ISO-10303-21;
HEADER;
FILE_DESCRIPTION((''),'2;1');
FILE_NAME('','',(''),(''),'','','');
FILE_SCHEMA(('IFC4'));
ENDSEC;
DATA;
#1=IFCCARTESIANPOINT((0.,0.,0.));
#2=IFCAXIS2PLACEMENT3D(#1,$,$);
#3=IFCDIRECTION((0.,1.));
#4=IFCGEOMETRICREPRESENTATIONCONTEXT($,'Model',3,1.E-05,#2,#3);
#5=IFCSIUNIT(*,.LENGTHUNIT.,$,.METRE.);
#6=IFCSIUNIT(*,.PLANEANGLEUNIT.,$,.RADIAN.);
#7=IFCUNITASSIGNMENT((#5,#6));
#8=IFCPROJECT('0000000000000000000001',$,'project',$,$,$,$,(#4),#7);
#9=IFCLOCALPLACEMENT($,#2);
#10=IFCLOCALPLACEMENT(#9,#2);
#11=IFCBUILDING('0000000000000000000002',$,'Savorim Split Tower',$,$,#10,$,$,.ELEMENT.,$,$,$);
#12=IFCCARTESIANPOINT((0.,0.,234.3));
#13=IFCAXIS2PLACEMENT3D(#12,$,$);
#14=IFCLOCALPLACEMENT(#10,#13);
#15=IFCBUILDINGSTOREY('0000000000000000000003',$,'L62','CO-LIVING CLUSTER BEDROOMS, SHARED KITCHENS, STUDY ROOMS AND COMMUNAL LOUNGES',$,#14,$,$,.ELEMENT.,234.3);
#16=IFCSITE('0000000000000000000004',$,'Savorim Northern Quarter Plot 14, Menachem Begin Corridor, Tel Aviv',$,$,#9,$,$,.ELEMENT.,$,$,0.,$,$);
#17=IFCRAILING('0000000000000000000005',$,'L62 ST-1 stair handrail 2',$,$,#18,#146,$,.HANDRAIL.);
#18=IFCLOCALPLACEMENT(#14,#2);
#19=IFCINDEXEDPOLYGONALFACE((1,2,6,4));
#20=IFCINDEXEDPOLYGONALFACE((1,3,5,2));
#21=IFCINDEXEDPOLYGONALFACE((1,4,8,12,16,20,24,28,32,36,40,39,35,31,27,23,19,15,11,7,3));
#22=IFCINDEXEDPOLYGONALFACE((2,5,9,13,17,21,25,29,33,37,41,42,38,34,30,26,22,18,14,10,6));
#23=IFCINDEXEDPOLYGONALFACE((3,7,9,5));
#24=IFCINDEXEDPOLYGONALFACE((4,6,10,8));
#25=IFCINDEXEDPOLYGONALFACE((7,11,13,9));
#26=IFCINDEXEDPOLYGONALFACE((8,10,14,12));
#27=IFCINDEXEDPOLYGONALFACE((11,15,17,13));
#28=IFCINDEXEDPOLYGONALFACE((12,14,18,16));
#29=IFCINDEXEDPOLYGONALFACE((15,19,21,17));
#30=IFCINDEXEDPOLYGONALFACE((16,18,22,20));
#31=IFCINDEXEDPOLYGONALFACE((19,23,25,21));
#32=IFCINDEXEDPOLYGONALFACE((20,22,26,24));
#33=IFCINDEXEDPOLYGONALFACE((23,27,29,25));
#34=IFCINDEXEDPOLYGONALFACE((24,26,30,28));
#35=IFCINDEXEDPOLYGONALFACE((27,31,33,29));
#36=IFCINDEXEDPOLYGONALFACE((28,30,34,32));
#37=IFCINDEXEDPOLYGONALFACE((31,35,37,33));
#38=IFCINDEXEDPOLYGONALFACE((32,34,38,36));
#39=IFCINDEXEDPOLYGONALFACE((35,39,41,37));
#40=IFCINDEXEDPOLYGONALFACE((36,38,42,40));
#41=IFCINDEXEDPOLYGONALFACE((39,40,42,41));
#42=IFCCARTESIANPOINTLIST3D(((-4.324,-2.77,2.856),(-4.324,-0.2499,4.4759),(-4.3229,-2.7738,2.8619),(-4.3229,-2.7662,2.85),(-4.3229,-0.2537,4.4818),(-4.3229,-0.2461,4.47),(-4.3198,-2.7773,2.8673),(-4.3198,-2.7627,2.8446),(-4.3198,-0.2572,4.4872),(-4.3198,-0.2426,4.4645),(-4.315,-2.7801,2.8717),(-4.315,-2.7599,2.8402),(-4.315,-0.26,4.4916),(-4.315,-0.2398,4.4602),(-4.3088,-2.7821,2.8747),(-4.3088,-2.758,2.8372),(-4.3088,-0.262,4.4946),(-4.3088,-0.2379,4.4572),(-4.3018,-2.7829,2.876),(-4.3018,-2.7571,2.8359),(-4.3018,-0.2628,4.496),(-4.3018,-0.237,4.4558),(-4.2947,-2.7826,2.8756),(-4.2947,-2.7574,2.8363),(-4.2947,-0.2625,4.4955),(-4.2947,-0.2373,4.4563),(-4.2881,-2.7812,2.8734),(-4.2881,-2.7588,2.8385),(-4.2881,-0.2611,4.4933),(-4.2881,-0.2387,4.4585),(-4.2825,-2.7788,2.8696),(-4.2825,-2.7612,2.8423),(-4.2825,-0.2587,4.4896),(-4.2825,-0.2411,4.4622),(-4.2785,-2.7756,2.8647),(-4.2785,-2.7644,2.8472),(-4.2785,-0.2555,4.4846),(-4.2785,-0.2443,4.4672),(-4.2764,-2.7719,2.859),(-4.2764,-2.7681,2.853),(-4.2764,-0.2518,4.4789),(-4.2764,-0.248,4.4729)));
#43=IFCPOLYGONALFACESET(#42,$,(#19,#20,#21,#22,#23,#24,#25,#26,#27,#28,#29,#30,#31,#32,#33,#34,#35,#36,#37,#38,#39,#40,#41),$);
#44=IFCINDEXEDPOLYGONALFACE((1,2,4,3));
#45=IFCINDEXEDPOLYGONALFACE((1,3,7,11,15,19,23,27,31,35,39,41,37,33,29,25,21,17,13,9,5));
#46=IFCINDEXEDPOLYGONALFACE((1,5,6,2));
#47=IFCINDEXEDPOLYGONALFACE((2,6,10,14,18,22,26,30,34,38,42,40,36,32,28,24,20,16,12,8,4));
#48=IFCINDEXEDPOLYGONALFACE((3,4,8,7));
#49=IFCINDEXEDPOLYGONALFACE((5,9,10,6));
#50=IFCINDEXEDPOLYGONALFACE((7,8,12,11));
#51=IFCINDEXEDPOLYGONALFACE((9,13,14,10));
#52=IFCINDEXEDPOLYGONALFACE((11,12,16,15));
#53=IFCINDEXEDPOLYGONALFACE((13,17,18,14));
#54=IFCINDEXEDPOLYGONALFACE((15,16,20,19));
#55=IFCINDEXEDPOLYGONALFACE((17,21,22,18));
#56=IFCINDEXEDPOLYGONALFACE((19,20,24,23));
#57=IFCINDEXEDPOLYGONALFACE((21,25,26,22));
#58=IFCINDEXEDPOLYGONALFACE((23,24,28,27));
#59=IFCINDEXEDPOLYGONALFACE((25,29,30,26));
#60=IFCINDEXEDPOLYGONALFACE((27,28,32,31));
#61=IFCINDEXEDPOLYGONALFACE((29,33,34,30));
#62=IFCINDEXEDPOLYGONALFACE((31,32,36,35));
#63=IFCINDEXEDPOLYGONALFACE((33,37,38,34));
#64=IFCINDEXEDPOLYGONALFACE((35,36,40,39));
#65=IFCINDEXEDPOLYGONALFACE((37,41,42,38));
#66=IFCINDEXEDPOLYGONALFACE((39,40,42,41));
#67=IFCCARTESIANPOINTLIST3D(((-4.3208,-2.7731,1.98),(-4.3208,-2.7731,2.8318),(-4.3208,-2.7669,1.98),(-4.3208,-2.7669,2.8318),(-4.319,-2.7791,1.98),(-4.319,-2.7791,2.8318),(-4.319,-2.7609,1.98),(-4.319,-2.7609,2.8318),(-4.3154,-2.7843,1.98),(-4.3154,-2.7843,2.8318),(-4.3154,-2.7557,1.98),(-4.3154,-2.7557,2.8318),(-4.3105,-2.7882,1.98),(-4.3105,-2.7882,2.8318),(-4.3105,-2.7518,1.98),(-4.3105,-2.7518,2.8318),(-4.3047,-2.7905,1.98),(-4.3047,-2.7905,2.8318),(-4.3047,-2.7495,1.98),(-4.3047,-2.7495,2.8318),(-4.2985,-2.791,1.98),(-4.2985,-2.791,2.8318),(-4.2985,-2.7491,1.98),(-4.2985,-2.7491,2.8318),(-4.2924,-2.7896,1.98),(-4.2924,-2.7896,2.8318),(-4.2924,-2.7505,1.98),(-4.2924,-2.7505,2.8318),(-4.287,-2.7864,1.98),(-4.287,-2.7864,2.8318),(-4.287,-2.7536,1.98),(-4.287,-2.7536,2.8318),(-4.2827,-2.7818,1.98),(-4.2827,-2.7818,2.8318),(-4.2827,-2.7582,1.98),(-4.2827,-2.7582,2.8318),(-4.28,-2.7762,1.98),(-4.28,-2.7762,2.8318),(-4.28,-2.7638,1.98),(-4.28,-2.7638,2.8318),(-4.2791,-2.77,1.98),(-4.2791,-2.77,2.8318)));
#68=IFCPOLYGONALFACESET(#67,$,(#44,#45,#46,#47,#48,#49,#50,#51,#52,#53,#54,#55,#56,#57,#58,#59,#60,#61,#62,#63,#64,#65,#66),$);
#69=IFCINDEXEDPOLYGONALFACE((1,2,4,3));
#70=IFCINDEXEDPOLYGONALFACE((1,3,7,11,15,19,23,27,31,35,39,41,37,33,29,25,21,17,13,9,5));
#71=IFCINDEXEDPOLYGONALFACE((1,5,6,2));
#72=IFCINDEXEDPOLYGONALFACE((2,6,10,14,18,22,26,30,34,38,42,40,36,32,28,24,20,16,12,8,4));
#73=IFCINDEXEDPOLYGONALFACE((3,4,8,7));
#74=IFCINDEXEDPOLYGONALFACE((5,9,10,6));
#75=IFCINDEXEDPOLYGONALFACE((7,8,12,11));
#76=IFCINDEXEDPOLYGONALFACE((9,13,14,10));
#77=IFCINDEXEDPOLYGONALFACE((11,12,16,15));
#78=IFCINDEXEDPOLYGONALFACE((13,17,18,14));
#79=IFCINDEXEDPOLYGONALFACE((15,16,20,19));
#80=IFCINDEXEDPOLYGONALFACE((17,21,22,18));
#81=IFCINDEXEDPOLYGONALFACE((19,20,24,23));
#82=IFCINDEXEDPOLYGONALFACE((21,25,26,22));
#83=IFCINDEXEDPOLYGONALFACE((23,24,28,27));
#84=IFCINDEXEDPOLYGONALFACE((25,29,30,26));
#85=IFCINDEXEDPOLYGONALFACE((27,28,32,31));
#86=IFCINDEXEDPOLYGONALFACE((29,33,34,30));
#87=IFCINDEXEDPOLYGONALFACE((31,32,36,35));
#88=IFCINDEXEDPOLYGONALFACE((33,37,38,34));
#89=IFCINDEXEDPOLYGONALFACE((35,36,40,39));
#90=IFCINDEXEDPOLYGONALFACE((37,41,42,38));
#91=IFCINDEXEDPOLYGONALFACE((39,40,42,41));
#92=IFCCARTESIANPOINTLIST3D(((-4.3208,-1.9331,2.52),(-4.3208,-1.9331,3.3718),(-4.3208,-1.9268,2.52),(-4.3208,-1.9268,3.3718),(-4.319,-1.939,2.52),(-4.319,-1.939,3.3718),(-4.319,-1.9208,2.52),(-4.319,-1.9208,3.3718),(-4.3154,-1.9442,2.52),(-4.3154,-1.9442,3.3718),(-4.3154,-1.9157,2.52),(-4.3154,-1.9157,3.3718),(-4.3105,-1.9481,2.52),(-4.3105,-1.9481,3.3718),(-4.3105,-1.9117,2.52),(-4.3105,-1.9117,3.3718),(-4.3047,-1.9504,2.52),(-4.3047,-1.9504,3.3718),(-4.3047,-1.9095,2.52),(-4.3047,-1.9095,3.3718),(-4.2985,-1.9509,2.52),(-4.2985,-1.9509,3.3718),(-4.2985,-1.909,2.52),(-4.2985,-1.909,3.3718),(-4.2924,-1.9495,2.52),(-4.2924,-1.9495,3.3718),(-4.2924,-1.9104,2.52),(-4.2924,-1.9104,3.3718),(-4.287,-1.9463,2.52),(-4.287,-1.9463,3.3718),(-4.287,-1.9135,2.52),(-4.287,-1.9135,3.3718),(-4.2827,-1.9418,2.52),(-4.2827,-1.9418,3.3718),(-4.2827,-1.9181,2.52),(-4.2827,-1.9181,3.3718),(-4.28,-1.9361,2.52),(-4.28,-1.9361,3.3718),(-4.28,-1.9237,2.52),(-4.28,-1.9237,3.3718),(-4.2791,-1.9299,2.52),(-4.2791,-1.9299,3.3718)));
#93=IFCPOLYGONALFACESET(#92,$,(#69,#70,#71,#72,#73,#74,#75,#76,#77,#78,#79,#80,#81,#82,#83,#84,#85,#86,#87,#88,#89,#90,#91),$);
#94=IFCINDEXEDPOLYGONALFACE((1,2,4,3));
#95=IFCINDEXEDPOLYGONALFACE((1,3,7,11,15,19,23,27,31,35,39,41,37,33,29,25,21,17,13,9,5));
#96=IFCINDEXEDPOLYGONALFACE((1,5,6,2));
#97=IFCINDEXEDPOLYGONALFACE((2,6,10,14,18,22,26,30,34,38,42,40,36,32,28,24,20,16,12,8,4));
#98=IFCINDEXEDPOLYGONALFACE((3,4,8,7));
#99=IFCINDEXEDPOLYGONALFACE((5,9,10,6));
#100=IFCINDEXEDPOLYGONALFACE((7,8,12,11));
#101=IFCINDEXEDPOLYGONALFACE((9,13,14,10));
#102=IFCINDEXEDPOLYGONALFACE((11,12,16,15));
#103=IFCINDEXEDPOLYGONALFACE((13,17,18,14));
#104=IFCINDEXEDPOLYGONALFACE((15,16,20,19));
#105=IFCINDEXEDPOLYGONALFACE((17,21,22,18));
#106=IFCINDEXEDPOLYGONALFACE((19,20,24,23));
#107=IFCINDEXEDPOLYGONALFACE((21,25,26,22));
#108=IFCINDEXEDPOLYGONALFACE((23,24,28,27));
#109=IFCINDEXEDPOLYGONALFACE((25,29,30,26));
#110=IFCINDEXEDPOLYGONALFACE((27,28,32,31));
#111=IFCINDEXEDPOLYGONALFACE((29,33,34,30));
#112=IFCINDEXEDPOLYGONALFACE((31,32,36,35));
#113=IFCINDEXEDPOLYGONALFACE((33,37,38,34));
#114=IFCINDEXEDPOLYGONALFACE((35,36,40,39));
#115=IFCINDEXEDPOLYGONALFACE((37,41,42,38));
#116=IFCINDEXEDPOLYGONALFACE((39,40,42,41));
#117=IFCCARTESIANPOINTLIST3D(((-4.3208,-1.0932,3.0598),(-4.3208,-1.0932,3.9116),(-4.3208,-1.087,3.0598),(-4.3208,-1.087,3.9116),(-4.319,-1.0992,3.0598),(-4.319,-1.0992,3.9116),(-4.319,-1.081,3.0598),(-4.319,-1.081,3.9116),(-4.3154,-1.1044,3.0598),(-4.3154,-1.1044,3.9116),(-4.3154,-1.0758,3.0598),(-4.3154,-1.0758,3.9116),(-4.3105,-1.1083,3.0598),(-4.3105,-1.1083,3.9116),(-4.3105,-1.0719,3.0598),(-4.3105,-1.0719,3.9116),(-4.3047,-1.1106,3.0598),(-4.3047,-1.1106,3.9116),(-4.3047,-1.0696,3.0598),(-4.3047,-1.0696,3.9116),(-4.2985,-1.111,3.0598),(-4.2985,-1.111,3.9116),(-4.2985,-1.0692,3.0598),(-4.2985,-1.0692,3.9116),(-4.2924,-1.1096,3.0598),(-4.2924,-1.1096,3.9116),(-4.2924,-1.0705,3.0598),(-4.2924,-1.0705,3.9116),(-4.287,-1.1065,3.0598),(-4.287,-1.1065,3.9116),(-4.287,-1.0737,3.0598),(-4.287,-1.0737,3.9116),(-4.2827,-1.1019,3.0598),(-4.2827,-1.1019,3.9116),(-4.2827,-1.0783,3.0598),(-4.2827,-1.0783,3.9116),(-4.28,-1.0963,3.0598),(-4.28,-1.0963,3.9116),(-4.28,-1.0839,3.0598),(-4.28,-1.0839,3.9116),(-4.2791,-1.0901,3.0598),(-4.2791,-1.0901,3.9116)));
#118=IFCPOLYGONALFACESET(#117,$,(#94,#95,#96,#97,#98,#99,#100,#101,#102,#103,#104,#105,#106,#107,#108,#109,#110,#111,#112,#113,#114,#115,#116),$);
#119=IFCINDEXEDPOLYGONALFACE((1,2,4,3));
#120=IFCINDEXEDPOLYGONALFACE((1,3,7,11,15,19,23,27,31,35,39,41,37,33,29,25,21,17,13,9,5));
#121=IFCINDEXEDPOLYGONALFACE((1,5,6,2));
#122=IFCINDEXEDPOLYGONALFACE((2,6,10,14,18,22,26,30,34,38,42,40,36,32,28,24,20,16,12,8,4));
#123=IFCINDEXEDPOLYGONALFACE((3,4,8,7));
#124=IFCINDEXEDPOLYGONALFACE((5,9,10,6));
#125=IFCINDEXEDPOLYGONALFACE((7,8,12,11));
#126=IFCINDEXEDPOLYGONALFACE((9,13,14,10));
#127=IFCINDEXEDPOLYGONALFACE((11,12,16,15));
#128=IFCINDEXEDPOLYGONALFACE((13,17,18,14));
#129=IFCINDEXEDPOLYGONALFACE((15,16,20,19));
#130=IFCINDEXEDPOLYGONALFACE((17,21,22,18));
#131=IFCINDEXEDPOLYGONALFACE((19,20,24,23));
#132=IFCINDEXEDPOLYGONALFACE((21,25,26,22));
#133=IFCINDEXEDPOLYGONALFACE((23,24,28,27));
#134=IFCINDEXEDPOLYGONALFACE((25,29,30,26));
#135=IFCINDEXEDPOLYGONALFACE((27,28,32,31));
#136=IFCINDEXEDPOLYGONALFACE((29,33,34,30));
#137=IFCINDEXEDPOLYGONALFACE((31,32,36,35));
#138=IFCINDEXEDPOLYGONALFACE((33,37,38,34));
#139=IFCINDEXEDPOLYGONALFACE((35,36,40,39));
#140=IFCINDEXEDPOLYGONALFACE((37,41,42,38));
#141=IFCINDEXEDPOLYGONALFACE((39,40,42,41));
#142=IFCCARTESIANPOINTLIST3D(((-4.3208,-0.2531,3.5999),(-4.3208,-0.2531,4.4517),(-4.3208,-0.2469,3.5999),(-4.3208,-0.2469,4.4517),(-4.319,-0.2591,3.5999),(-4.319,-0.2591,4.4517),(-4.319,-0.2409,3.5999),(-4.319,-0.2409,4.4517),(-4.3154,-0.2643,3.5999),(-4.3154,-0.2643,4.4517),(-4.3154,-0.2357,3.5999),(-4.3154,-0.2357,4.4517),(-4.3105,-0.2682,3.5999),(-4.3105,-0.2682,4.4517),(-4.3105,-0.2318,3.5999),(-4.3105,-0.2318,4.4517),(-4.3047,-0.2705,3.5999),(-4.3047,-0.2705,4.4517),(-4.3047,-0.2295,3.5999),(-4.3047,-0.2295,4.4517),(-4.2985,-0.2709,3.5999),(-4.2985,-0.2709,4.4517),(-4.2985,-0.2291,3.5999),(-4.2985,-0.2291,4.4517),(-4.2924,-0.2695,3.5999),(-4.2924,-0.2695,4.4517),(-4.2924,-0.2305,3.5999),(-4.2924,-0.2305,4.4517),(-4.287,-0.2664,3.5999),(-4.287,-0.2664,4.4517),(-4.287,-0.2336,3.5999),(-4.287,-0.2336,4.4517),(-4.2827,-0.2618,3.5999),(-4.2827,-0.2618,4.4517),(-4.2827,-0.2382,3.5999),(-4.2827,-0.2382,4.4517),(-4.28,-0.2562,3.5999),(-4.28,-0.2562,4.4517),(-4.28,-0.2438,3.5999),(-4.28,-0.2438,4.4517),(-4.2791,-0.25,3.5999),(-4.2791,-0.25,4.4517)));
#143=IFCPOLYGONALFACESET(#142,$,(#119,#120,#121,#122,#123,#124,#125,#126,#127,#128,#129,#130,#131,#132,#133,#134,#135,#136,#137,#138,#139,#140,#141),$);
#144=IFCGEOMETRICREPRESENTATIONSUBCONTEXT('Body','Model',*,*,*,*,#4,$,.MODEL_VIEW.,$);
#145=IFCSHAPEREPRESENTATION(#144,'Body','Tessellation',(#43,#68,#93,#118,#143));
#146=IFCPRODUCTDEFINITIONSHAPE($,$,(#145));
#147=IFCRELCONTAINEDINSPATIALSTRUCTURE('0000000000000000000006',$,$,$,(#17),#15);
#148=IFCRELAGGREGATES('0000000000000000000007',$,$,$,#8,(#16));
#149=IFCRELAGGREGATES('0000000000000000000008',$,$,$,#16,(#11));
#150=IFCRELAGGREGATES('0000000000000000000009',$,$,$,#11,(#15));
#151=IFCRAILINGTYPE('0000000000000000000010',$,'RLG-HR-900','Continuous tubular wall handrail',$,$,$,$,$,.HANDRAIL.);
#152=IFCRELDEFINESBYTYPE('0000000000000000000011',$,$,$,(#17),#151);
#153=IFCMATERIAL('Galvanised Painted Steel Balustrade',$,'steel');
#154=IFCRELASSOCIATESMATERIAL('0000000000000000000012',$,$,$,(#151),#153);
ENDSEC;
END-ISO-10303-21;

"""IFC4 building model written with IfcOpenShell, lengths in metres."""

from ifc_helpers import new_model, si_unit, direction, frame, origin, origin_2d, place, context, subcontext, project, spatial, circle, extrude, material, type_object, element, save


model = new_model("IFC4")

# Units and contexts
model_context = context("Model", 3, precision=1e-05, world=origin(), true_north=direction((0.0, 1.0)))
body_context = subcontext(model_context, "Body", "Model", "MODEL_VIEW")
ifc_project = project(units=[si_unit("LENGTHUNIT", "METRE"), si_unit("PLANEANGLEUNIT", "RADIAN")], contexts=[model_context])

# Site, building, storey
site_placement = place(None, origin())
site = spatial("IfcSite", under=ifc_project, at=site_placement, Name="Savorim Northern Quarter Plot 14, Menachem Begin Corridor, Tel Aviv", CompositionType="ELEMENT", RefElevation=0.0)
building_placement = place(site_placement, origin())
building = spatial("IfcBuilding", under=site, at=building_placement, Name="Savorim Split Tower", CompositionType="ELEMENT")
storey_placement = place(building_placement, frame((0.0, 0.0, 234.3)))
storey = spatial("IfcBuildingStorey", under=building, at=storey_placement, Name="L62", Description="CO-LIVING CLUSTER BEDROOMS, SHARED KITCHENS, STUDY ROOMS AND COMMUNAL LOUNGES", CompositionType="ELEMENT", Elevation=234.3)

# Railing
ifc_material_1 = material(Name="Galvanised Painted Steel Balustrade", Category="steel")
railing_type_1 = type_object("IfcRailingType", Name="RLG-HR-900", Description="Continuous tubular wall handrail", PredefinedType="HANDRAIL", material=ifc_material_1)
railing_1_placement = place(storey_placement, frame((-4.3, -2.77, 1.98)))
element("IfcRailing", 1, at=railing_1_placement, inside=storey, type_object=railing_type_1, Name="L62 ST-1 stair handrail 2", PredefinedType="HANDRAIL", context=body_context, shape_type="SweptSolid", body=[
    extrude(circle(Radius=0.0239, at=origin_2d()), frame((0.0, 0.0, 0.876), z_axis=(0.0, 0.8412, 0.540725), x_axis=(-1.0, 0.0, 0.0)), (0.0, 0.0, 1.0), 2.9958),
    extrude(circle(Radius=0.021, at=origin_2d()), origin(), (0.0, 0.0, 1.0), 0.8518),
    extrude(circle(Radius=0.021, at=origin_2d()), frame((0.0, 0.8401, 0.54)), (0.0, 0.0, 1.0), 0.8518),
    extrude(circle(Radius=0.021, at=origin_2d()), frame((0.0, 1.6799, 1.0798)), (0.0, 0.0, 1.0), 0.8518),
    extrude(circle(Radius=0.021, at=origin_2d()), frame((0.0, 2.52, 1.6199)), (0.0, 0.0, 1.0), 0.8518),
])

save(model, "model.ifc")
